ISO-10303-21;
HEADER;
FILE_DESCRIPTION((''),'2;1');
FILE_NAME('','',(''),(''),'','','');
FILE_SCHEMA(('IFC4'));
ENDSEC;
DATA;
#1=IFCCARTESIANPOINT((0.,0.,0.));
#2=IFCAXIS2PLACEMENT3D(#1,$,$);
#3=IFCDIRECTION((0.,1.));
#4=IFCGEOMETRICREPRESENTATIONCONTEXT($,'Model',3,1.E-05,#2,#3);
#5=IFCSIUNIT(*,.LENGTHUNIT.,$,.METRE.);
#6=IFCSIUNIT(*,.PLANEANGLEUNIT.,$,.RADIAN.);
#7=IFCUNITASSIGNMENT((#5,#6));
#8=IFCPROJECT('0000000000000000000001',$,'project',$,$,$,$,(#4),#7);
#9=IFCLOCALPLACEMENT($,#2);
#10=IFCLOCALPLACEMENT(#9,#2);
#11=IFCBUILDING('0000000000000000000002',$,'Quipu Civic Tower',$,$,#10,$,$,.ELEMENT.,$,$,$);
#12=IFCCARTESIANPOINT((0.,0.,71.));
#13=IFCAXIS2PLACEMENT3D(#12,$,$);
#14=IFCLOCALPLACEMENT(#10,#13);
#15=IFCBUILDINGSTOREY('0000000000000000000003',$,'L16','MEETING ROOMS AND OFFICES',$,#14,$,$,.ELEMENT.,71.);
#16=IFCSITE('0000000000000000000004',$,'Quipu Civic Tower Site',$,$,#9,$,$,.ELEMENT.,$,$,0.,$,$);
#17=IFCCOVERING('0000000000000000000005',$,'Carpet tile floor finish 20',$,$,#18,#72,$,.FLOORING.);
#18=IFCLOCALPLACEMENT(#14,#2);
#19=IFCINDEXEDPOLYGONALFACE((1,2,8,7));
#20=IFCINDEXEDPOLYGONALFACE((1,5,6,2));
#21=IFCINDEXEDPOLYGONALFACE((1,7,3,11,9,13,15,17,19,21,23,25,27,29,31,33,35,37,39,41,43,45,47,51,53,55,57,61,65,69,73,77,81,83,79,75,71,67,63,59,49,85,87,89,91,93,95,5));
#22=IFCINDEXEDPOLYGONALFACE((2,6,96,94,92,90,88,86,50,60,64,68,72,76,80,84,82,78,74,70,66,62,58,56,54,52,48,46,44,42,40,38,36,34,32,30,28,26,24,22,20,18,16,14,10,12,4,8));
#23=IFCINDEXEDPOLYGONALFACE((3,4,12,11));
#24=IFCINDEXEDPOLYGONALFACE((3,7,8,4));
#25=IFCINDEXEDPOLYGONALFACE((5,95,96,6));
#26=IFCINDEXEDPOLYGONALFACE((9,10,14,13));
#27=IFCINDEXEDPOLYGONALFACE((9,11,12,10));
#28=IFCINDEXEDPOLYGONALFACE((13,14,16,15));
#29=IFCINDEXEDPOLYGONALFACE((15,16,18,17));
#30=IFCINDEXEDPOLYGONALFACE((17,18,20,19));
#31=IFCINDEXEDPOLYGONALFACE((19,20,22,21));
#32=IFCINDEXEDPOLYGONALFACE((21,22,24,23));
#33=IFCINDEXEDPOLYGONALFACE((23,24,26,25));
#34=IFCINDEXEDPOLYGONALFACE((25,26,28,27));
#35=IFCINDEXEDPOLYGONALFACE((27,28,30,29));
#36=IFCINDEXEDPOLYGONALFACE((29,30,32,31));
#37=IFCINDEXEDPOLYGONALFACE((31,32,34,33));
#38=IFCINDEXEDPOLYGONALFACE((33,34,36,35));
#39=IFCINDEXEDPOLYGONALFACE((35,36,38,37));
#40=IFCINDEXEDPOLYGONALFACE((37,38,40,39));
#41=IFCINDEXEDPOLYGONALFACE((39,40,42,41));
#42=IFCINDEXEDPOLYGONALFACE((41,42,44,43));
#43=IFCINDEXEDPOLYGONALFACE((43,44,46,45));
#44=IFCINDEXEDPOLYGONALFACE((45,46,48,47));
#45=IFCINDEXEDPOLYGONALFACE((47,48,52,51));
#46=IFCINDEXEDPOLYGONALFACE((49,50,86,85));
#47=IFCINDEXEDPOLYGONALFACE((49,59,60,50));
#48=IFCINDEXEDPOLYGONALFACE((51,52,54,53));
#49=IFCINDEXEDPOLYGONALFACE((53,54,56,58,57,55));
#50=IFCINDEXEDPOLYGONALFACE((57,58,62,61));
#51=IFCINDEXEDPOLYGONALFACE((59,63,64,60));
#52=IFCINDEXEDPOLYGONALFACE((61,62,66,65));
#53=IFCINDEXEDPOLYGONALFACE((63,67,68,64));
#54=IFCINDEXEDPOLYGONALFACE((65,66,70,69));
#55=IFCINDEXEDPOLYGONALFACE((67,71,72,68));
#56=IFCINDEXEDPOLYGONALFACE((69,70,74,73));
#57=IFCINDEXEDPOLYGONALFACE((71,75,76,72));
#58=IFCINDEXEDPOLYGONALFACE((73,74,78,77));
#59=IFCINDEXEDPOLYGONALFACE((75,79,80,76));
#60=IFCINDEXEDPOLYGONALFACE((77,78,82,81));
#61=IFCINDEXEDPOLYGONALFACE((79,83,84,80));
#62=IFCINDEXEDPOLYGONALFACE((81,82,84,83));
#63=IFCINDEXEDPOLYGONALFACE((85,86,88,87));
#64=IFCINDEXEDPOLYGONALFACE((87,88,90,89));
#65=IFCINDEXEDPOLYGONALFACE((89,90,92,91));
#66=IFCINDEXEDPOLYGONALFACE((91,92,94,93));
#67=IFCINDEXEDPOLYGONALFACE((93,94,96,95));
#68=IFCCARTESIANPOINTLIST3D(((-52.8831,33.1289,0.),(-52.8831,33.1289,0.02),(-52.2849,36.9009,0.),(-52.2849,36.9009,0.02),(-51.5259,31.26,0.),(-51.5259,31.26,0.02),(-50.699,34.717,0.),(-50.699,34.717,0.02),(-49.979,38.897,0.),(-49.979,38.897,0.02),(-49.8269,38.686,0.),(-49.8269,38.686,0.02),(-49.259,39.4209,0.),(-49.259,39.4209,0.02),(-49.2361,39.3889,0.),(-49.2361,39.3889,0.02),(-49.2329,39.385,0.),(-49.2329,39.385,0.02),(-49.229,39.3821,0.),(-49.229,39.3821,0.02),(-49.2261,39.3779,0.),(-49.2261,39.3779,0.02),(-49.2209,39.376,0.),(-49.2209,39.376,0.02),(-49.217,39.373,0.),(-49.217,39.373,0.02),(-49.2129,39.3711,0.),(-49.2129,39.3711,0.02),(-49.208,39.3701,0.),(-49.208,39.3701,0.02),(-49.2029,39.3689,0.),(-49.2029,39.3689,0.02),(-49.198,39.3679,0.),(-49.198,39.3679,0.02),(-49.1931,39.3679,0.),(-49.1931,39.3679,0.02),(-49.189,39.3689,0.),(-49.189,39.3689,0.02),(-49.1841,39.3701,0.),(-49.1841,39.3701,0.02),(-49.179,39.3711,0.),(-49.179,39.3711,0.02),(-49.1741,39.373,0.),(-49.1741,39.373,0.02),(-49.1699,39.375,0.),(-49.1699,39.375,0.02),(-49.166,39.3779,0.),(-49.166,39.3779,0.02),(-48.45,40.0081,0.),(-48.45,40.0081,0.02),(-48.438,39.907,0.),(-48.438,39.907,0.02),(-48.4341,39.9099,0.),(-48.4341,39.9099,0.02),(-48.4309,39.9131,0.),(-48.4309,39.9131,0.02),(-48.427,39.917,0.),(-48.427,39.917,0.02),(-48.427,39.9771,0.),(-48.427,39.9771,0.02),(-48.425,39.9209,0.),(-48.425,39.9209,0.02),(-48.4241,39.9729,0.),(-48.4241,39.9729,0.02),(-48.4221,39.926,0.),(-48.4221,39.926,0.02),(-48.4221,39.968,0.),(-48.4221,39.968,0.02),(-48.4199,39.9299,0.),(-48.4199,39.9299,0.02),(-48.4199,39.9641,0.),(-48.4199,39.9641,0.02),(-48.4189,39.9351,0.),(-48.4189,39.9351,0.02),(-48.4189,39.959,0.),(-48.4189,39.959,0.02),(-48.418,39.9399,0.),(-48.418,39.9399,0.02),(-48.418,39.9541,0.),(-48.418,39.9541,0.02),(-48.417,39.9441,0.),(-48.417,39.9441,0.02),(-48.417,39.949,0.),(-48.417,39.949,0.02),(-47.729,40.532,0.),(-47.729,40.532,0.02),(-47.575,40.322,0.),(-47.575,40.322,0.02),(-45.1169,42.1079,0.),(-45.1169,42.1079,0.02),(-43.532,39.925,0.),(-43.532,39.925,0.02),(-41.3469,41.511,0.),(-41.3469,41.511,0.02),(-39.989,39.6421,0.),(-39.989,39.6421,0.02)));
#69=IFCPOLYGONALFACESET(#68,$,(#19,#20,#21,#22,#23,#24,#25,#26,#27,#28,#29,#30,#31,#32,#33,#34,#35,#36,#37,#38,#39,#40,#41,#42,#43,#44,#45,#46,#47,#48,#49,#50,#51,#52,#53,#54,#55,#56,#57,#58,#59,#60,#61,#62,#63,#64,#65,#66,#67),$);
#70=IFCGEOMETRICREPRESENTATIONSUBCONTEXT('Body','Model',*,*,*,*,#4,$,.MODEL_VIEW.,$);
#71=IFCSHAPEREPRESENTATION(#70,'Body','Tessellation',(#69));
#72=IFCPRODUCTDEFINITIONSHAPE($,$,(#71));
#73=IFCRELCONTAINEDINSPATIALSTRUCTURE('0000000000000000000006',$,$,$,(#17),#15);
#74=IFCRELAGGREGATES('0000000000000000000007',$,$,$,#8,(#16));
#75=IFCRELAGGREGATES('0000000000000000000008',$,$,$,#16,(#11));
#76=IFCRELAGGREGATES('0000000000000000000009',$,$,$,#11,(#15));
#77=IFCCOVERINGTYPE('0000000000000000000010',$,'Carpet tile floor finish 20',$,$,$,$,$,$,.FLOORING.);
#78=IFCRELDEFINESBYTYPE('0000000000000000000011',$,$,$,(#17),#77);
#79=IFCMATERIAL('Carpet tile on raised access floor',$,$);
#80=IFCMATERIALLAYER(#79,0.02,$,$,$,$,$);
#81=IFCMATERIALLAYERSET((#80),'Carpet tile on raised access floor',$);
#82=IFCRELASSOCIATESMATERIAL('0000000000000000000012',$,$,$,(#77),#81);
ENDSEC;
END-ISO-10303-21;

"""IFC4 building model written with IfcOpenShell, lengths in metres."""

from ifc_helpers import new_model, si_unit, direction, frame, origin, place, context, subcontext, project, spatial, polyline, outline, extrude, material, layer, layer_set, type_object, element, save


model = new_model("IFC4")

# Units and contexts
model_context = context("Model", 3, precision=1e-05, world=origin(), true_north=direction((0.0, 1.0)))
body_context = subcontext(model_context, "Body", "Model", "MODEL_VIEW")
ifc_project = project(units=[si_unit("LENGTHUNIT", "METRE"), si_unit("PLANEANGLEUNIT", "RADIAN")], contexts=[model_context])

# Site, building, storey
site_placement = place(None, origin())
site = spatial("IfcSite", under=ifc_project, at=site_placement, Name="Quipu Civic Tower Site", CompositionType="ELEMENT", RefElevation=0.0)
building_placement = place(site_placement, origin())
building = spatial("IfcBuilding", under=site, at=building_placement, Name="Quipu Civic Tower", CompositionType="ELEMENT")
storey_placement = place(building_placement, frame((0.0, 0.0, 71.0)))
storey = spatial("IfcBuildingStorey", under=building, at=storey_placement, Name="L16", Description="MEETING ROOMS AND OFFICES", CompositionType="ELEMENT", Elevation=71.0)

# Covering
ifc_material_1 = material(Name="Carpet tile on raised access floor")
ifc_layer_1 = layer(ifc_material_1, 0.02)
ifc_layer_set_1 = layer_set([ifc_layer_1], Name="Carpet tile on raised access floor")
covering_type = type_object("IfcCoveringType", Name="Carpet tile floor finish 20", PredefinedType="FLOORING", material=ifc_layer_set_1)
covering_1_placement = place(storey_placement, origin())
element("IfcCovering", 1, at=covering_1_placement, inside=storey, type_object=covering_type, Name="Carpet tile floor finish 20", PredefinedType="FLOORING", context=body_context, shape_type="SweptSolid", body=[
    extrude(outline(polyline([(-52.8831, 33.1289), (-50.699, 34.717), (-52.2849, 36.9009), (-49.8269, 38.686), (-49.979, 38.897), (-49.259, 39.4209), (-49.2361, 39.3889), (-49.2329, 39.385), (-49.229, 39.3821), (-49.2261, 39.3779), (-49.2209, 39.376), (-49.217, 39.373), (-49.2129, 39.3711), (-49.208, 39.3701), (-49.2029, 39.3689), (-49.198, 39.3679), (-49.1931, 39.3679), (-49.189, 39.3689), (-49.1841, 39.3701), (-49.179, 39.3711), (-49.1741, 39.373), (-49.1699, 39.375), (-49.166, 39.3779), (-48.438, 39.907), (-48.4341, 39.9099), (-48.4309, 39.9131), (-48.427, 39.917), (-48.425, 39.9209), (-48.4221, 39.926), (-48.4199, 39.9299), (-48.4189, 39.9351), (-48.418, 39.9399), (-48.417, 39.9441), (-48.417, 39.949), (-48.418, 39.9541), (-48.4189, 39.959), (-48.4199, 39.9641), (-48.4221, 39.968), (-48.4241, 39.9729), (-48.427, 39.9771), (-48.45, 40.0081), (-47.729, 40.532), (-47.575, 40.322), (-45.1169, 42.1079), (-43.532, 39.925), (-41.3469, 41.511), (-39.989, 39.6421), (-51.5259, 31.26), (-52.8831, 33.1289)])), origin(), (0.0, 0.0, 1.0), 0.02),
])

save(model, "model.ifc")
